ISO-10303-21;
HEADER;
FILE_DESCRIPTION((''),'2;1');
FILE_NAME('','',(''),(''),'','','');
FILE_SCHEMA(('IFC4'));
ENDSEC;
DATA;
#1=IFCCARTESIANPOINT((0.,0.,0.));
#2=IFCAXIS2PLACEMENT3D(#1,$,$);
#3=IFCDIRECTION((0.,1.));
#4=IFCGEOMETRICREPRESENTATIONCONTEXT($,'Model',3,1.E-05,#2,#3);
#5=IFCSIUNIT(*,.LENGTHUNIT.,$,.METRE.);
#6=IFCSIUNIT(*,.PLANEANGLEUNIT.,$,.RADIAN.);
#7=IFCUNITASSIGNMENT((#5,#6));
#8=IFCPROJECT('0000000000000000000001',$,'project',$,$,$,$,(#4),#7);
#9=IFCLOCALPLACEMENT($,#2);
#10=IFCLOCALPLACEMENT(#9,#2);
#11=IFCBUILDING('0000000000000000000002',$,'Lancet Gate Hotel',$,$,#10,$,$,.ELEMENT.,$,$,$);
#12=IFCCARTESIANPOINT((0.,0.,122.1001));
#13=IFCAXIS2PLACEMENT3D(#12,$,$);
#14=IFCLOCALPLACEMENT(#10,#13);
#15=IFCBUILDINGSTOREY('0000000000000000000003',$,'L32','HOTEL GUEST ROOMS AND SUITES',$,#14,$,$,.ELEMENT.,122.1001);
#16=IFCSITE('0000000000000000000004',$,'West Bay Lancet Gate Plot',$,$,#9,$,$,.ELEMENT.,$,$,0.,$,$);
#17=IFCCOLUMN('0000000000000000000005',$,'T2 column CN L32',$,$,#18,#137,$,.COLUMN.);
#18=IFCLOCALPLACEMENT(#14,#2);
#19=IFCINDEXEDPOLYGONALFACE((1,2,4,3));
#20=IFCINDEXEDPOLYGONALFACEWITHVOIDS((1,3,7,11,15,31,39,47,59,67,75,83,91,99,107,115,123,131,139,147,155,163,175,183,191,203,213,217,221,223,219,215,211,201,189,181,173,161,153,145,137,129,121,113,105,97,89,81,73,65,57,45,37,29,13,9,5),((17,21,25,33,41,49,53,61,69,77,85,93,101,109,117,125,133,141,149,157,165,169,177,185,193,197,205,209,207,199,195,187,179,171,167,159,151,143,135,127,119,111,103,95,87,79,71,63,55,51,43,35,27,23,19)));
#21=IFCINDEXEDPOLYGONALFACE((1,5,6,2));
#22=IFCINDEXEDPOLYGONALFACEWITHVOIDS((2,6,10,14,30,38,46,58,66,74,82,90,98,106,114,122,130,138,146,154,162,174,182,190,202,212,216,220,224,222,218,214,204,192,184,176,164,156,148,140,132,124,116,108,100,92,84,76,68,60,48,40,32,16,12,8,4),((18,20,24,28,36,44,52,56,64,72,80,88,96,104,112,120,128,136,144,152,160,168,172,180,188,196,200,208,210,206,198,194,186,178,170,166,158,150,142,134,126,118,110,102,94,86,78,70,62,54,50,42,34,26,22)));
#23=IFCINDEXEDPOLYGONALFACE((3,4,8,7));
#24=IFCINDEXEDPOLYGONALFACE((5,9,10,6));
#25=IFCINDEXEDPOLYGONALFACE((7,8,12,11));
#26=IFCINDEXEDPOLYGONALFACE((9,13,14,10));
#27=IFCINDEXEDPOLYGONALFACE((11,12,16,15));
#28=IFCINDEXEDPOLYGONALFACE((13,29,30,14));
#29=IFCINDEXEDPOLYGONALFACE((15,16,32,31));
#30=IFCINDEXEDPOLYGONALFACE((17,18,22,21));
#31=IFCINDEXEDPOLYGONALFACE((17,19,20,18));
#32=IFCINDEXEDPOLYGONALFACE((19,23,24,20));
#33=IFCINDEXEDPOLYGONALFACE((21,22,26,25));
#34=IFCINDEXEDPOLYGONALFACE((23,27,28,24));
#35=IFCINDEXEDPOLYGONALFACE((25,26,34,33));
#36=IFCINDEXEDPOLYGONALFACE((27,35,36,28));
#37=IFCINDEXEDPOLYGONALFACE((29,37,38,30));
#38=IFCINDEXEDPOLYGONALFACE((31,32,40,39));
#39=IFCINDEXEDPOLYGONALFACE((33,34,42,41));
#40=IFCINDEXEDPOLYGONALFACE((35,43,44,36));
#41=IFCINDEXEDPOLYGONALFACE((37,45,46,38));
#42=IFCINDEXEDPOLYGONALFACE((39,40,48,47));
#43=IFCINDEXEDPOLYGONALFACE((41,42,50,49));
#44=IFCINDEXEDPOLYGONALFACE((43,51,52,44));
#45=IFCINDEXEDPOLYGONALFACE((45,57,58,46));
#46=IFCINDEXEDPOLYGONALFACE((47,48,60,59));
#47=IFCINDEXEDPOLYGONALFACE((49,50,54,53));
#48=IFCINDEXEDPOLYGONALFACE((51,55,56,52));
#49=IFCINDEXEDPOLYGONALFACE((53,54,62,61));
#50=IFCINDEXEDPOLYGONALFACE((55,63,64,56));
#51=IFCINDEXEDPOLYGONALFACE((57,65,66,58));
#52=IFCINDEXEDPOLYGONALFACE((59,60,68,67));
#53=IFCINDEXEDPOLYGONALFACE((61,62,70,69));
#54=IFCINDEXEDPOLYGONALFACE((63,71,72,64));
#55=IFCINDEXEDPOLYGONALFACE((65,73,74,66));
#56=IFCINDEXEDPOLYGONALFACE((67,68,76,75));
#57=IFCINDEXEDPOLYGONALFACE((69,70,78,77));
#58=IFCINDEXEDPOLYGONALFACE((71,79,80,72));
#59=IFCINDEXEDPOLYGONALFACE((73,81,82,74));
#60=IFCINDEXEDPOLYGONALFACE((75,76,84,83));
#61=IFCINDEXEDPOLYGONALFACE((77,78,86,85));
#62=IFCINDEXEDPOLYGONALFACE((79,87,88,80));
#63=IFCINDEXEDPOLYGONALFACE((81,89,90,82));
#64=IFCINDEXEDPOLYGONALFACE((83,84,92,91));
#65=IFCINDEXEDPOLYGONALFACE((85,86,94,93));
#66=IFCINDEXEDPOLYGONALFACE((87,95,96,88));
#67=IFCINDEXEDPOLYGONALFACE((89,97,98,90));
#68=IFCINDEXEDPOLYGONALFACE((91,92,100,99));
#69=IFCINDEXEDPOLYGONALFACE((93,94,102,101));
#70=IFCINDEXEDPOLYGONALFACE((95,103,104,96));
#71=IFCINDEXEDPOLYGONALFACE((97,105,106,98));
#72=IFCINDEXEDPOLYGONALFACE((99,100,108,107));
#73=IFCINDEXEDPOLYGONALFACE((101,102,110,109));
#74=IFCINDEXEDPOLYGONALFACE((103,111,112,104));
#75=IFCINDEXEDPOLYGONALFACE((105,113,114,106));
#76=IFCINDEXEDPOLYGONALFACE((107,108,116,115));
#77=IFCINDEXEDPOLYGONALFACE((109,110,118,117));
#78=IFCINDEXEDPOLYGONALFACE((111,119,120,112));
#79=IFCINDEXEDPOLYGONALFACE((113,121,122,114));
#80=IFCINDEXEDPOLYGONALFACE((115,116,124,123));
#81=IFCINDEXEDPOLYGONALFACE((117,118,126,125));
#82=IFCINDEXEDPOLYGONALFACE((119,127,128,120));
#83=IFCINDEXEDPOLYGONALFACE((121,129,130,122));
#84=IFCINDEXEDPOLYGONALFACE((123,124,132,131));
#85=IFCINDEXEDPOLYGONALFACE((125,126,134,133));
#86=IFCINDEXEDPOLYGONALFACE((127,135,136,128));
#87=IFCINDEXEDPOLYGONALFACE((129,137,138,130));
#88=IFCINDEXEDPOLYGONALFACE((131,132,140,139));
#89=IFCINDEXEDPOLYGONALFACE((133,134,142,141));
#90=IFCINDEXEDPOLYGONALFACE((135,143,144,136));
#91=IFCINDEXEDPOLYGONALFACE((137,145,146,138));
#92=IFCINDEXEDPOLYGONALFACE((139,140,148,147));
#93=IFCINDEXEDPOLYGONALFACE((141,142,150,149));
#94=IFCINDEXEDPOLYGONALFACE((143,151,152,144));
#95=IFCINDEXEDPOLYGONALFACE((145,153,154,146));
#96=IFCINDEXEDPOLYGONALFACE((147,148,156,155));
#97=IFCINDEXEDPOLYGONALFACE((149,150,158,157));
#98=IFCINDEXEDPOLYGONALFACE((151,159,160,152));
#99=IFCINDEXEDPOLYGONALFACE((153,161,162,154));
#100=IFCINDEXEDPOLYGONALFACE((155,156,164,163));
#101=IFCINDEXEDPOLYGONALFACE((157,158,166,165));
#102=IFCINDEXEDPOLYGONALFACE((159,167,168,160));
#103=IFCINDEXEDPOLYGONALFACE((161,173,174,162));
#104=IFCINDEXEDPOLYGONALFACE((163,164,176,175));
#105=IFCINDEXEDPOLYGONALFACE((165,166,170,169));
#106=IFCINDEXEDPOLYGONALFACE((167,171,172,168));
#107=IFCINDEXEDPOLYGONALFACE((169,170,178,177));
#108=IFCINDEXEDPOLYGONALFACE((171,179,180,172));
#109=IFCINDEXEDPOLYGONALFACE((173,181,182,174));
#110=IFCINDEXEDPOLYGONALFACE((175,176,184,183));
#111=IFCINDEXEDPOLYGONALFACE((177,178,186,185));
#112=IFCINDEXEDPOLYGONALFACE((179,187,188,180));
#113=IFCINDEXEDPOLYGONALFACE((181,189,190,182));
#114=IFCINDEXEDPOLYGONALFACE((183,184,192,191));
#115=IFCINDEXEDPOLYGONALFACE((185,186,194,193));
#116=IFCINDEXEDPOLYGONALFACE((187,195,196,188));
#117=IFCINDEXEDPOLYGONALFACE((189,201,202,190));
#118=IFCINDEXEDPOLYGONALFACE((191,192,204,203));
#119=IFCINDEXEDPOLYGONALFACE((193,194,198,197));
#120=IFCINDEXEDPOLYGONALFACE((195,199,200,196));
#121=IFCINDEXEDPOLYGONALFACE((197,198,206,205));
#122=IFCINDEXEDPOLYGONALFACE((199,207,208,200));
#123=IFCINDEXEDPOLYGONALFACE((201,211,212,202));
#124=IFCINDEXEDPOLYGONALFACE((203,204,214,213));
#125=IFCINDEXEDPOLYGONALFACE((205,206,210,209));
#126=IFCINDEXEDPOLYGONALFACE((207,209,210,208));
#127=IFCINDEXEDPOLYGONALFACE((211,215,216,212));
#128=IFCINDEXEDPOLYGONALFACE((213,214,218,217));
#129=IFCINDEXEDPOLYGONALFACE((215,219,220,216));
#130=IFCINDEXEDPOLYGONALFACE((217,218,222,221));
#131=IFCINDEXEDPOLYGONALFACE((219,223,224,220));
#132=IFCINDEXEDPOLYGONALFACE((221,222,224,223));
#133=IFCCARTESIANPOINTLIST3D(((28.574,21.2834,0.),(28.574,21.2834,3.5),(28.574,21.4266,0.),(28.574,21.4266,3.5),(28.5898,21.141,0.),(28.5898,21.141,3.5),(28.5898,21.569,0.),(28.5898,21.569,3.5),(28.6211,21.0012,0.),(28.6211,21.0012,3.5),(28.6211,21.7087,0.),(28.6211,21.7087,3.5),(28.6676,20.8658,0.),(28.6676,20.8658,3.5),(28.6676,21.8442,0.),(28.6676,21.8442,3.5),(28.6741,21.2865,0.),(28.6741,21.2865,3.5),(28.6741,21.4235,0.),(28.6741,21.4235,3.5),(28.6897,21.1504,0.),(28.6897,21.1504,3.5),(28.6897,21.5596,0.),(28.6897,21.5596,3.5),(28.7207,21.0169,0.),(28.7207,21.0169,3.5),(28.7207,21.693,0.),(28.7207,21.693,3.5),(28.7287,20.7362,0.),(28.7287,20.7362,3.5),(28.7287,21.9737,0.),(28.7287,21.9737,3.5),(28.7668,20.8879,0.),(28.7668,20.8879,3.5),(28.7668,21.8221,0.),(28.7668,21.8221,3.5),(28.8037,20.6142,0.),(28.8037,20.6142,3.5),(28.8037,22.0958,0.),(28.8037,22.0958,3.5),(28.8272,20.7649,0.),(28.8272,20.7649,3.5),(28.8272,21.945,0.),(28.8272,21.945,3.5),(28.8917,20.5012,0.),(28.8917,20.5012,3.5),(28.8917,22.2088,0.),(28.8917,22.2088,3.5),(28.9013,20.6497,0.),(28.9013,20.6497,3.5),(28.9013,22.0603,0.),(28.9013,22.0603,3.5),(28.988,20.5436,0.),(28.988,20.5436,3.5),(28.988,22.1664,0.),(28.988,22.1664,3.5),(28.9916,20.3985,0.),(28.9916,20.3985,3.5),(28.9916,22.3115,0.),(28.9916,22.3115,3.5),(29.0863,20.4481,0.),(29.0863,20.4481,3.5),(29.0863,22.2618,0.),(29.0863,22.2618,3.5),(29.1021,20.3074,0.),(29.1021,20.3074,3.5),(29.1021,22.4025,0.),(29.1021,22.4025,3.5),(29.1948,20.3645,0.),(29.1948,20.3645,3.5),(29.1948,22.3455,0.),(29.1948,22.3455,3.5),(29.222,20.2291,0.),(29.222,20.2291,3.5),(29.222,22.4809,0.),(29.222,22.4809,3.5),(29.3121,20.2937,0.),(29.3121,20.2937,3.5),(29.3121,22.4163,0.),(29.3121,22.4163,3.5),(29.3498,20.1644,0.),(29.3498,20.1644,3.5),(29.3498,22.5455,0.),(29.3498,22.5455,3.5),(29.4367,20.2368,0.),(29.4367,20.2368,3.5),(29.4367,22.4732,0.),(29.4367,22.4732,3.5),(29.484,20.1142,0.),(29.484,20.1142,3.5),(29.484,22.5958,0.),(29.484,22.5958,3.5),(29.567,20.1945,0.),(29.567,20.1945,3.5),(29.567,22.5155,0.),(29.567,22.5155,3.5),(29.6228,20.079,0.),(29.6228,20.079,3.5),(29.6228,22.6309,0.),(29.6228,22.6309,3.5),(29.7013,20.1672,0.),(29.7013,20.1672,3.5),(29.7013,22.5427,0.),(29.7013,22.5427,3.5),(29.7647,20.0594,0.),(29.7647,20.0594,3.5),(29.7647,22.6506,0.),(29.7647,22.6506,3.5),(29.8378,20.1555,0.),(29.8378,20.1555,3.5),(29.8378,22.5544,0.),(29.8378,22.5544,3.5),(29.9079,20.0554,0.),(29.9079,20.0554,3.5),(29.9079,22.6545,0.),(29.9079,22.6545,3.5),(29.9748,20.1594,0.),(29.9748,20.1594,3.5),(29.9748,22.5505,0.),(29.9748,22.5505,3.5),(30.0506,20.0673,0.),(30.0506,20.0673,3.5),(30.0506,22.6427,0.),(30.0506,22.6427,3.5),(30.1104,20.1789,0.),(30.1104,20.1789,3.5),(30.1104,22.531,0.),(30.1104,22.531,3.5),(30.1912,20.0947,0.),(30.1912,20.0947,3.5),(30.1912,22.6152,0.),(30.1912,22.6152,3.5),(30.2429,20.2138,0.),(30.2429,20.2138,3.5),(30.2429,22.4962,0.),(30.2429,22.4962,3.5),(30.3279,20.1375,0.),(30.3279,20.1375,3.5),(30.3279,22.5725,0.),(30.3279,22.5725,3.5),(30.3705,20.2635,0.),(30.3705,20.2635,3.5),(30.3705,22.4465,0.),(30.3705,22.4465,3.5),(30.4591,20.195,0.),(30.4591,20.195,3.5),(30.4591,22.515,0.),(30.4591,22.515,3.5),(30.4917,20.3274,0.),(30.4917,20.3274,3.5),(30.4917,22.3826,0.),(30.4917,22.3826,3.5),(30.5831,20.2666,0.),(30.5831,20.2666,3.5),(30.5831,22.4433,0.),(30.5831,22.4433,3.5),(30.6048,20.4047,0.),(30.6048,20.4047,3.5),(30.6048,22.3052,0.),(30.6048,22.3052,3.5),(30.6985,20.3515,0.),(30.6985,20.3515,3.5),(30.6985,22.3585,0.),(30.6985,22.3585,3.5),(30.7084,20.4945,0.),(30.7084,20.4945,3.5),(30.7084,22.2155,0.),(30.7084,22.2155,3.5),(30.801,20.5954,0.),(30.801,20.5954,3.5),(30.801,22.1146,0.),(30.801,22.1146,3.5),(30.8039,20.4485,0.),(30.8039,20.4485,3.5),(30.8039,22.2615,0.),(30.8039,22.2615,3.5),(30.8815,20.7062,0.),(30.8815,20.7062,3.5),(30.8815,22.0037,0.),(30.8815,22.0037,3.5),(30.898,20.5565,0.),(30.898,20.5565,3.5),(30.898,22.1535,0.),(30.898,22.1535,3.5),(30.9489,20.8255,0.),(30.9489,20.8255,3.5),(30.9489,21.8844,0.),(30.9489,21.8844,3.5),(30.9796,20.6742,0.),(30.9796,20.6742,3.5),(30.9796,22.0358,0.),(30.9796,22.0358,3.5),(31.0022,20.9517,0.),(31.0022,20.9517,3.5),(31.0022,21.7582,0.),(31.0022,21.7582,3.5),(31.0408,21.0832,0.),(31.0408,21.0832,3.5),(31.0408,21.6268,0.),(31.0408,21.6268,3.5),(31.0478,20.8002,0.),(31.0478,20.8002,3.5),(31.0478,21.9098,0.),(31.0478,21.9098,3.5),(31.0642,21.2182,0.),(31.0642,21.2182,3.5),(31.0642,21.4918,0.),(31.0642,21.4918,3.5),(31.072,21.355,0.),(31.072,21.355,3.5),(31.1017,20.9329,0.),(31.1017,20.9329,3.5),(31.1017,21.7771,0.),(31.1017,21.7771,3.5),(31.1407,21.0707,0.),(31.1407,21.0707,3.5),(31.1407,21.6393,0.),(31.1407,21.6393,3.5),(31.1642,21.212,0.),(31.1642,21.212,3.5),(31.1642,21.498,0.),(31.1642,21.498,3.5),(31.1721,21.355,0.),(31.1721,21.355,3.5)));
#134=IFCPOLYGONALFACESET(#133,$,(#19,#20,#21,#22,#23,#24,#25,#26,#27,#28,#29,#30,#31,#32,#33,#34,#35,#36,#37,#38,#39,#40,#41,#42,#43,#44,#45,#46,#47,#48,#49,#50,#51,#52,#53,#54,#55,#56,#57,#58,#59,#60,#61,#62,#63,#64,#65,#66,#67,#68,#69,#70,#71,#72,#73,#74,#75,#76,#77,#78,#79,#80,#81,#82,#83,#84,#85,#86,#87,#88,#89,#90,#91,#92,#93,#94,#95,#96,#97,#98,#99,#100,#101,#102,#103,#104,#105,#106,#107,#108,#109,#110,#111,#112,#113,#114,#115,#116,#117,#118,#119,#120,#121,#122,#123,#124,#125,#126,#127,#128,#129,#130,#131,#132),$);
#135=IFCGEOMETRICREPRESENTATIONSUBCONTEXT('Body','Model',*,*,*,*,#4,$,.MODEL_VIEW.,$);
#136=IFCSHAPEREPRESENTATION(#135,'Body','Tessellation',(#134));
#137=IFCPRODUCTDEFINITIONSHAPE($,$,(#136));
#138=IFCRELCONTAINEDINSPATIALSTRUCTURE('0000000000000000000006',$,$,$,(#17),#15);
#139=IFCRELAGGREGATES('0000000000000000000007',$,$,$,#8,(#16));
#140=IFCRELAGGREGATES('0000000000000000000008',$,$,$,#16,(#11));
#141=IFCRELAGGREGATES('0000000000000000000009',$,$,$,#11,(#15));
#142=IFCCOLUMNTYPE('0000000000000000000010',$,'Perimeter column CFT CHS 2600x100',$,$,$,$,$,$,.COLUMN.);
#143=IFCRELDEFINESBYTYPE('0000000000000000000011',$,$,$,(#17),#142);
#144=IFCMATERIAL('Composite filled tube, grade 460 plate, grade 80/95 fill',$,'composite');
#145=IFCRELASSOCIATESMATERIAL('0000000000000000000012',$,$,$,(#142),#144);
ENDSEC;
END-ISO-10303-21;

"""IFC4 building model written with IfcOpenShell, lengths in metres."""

from ifc_helpers import new_model, si_unit, direction, frame, origin, origin_2d, place, context, subcontext, project, spatial, hollow_circle, extrude, material, material_profile, profile_set, type_object, element, save


model = new_model("IFC4")

# Units and contexts
model_context = context("Model", 3, precision=1e-05, world=origin(), true_north=direction((0.0, 1.0)))
body_context = subcontext(model_context, "Body", "Model", "MODEL_VIEW")
ifc_project = project(units=[si_unit("LENGTHUNIT", "METRE"), si_unit("PLANEANGLEUNIT", "RADIAN")], contexts=[model_context])

# Site, building, storey
site_placement = place(None, origin())
site = spatial("IfcSite", under=ifc_project, at=site_placement, Name="West Bay Lancet Gate Plot", CompositionType="ELEMENT", RefElevation=0.0)
building_placement = place(site_placement, origin())
building = spatial("IfcBuilding", under=site, at=building_placement, Name="Lancet Gate Hotel", CompositionType="ELEMENT")
storey_placement = place(building_placement, frame((0.0, 0.0, 122.1001)))
storey = spatial("IfcBuildingStorey", under=building, at=storey_placement, Name="L32", Description="HOTEL GUEST ROOMS AND SUITES", CompositionType="ELEMENT", Elevation=122.1001)

# Column
ifc_material_1 = material(Name="Composite filled tube, grade 460 plate, grade 80/95 fill", Category="composite")
ifc_material_profile_1 = material_profile(ifc_material_1, hollow_circle(Radius=1.3, WallThickness=0.1001, at=origin_2d()), Name="CHS 2600x100")
ifc_profile_set_1 = profile_set([ifc_material_profile_1], Name="Composite filled tube, grade 460 plate, grade 80/95 fill")
column_type = type_object("IfcColumnType", Name="Perimeter column CFT CHS 2600x100", PredefinedType="COLUMN", material=ifc_profile_set_1)
for number, where, z_axis, x_axis, name in (
    (1, (29.8721, 21.355, 0.0), (0.0, 0.0, 1.0), (1.0, 0.0, 0.0), "T2 column CN L32"),
):
    element("IfcColumn", number, at=place(storey_placement, frame(where, z_axis=z_axis, x_axis=x_axis)), inside=storey, type_object=column_type, Name=name, PredefinedType="COLUMN", context=body_context, shape_type="SweptSolid", body=[
        extrude(hollow_circle(Radius=1.3, WallThickness=0.1001, at=origin_2d()), origin(), (0.0, 0.0, 1.0), 3.5),
    ])

save(model, "model.ifc")
